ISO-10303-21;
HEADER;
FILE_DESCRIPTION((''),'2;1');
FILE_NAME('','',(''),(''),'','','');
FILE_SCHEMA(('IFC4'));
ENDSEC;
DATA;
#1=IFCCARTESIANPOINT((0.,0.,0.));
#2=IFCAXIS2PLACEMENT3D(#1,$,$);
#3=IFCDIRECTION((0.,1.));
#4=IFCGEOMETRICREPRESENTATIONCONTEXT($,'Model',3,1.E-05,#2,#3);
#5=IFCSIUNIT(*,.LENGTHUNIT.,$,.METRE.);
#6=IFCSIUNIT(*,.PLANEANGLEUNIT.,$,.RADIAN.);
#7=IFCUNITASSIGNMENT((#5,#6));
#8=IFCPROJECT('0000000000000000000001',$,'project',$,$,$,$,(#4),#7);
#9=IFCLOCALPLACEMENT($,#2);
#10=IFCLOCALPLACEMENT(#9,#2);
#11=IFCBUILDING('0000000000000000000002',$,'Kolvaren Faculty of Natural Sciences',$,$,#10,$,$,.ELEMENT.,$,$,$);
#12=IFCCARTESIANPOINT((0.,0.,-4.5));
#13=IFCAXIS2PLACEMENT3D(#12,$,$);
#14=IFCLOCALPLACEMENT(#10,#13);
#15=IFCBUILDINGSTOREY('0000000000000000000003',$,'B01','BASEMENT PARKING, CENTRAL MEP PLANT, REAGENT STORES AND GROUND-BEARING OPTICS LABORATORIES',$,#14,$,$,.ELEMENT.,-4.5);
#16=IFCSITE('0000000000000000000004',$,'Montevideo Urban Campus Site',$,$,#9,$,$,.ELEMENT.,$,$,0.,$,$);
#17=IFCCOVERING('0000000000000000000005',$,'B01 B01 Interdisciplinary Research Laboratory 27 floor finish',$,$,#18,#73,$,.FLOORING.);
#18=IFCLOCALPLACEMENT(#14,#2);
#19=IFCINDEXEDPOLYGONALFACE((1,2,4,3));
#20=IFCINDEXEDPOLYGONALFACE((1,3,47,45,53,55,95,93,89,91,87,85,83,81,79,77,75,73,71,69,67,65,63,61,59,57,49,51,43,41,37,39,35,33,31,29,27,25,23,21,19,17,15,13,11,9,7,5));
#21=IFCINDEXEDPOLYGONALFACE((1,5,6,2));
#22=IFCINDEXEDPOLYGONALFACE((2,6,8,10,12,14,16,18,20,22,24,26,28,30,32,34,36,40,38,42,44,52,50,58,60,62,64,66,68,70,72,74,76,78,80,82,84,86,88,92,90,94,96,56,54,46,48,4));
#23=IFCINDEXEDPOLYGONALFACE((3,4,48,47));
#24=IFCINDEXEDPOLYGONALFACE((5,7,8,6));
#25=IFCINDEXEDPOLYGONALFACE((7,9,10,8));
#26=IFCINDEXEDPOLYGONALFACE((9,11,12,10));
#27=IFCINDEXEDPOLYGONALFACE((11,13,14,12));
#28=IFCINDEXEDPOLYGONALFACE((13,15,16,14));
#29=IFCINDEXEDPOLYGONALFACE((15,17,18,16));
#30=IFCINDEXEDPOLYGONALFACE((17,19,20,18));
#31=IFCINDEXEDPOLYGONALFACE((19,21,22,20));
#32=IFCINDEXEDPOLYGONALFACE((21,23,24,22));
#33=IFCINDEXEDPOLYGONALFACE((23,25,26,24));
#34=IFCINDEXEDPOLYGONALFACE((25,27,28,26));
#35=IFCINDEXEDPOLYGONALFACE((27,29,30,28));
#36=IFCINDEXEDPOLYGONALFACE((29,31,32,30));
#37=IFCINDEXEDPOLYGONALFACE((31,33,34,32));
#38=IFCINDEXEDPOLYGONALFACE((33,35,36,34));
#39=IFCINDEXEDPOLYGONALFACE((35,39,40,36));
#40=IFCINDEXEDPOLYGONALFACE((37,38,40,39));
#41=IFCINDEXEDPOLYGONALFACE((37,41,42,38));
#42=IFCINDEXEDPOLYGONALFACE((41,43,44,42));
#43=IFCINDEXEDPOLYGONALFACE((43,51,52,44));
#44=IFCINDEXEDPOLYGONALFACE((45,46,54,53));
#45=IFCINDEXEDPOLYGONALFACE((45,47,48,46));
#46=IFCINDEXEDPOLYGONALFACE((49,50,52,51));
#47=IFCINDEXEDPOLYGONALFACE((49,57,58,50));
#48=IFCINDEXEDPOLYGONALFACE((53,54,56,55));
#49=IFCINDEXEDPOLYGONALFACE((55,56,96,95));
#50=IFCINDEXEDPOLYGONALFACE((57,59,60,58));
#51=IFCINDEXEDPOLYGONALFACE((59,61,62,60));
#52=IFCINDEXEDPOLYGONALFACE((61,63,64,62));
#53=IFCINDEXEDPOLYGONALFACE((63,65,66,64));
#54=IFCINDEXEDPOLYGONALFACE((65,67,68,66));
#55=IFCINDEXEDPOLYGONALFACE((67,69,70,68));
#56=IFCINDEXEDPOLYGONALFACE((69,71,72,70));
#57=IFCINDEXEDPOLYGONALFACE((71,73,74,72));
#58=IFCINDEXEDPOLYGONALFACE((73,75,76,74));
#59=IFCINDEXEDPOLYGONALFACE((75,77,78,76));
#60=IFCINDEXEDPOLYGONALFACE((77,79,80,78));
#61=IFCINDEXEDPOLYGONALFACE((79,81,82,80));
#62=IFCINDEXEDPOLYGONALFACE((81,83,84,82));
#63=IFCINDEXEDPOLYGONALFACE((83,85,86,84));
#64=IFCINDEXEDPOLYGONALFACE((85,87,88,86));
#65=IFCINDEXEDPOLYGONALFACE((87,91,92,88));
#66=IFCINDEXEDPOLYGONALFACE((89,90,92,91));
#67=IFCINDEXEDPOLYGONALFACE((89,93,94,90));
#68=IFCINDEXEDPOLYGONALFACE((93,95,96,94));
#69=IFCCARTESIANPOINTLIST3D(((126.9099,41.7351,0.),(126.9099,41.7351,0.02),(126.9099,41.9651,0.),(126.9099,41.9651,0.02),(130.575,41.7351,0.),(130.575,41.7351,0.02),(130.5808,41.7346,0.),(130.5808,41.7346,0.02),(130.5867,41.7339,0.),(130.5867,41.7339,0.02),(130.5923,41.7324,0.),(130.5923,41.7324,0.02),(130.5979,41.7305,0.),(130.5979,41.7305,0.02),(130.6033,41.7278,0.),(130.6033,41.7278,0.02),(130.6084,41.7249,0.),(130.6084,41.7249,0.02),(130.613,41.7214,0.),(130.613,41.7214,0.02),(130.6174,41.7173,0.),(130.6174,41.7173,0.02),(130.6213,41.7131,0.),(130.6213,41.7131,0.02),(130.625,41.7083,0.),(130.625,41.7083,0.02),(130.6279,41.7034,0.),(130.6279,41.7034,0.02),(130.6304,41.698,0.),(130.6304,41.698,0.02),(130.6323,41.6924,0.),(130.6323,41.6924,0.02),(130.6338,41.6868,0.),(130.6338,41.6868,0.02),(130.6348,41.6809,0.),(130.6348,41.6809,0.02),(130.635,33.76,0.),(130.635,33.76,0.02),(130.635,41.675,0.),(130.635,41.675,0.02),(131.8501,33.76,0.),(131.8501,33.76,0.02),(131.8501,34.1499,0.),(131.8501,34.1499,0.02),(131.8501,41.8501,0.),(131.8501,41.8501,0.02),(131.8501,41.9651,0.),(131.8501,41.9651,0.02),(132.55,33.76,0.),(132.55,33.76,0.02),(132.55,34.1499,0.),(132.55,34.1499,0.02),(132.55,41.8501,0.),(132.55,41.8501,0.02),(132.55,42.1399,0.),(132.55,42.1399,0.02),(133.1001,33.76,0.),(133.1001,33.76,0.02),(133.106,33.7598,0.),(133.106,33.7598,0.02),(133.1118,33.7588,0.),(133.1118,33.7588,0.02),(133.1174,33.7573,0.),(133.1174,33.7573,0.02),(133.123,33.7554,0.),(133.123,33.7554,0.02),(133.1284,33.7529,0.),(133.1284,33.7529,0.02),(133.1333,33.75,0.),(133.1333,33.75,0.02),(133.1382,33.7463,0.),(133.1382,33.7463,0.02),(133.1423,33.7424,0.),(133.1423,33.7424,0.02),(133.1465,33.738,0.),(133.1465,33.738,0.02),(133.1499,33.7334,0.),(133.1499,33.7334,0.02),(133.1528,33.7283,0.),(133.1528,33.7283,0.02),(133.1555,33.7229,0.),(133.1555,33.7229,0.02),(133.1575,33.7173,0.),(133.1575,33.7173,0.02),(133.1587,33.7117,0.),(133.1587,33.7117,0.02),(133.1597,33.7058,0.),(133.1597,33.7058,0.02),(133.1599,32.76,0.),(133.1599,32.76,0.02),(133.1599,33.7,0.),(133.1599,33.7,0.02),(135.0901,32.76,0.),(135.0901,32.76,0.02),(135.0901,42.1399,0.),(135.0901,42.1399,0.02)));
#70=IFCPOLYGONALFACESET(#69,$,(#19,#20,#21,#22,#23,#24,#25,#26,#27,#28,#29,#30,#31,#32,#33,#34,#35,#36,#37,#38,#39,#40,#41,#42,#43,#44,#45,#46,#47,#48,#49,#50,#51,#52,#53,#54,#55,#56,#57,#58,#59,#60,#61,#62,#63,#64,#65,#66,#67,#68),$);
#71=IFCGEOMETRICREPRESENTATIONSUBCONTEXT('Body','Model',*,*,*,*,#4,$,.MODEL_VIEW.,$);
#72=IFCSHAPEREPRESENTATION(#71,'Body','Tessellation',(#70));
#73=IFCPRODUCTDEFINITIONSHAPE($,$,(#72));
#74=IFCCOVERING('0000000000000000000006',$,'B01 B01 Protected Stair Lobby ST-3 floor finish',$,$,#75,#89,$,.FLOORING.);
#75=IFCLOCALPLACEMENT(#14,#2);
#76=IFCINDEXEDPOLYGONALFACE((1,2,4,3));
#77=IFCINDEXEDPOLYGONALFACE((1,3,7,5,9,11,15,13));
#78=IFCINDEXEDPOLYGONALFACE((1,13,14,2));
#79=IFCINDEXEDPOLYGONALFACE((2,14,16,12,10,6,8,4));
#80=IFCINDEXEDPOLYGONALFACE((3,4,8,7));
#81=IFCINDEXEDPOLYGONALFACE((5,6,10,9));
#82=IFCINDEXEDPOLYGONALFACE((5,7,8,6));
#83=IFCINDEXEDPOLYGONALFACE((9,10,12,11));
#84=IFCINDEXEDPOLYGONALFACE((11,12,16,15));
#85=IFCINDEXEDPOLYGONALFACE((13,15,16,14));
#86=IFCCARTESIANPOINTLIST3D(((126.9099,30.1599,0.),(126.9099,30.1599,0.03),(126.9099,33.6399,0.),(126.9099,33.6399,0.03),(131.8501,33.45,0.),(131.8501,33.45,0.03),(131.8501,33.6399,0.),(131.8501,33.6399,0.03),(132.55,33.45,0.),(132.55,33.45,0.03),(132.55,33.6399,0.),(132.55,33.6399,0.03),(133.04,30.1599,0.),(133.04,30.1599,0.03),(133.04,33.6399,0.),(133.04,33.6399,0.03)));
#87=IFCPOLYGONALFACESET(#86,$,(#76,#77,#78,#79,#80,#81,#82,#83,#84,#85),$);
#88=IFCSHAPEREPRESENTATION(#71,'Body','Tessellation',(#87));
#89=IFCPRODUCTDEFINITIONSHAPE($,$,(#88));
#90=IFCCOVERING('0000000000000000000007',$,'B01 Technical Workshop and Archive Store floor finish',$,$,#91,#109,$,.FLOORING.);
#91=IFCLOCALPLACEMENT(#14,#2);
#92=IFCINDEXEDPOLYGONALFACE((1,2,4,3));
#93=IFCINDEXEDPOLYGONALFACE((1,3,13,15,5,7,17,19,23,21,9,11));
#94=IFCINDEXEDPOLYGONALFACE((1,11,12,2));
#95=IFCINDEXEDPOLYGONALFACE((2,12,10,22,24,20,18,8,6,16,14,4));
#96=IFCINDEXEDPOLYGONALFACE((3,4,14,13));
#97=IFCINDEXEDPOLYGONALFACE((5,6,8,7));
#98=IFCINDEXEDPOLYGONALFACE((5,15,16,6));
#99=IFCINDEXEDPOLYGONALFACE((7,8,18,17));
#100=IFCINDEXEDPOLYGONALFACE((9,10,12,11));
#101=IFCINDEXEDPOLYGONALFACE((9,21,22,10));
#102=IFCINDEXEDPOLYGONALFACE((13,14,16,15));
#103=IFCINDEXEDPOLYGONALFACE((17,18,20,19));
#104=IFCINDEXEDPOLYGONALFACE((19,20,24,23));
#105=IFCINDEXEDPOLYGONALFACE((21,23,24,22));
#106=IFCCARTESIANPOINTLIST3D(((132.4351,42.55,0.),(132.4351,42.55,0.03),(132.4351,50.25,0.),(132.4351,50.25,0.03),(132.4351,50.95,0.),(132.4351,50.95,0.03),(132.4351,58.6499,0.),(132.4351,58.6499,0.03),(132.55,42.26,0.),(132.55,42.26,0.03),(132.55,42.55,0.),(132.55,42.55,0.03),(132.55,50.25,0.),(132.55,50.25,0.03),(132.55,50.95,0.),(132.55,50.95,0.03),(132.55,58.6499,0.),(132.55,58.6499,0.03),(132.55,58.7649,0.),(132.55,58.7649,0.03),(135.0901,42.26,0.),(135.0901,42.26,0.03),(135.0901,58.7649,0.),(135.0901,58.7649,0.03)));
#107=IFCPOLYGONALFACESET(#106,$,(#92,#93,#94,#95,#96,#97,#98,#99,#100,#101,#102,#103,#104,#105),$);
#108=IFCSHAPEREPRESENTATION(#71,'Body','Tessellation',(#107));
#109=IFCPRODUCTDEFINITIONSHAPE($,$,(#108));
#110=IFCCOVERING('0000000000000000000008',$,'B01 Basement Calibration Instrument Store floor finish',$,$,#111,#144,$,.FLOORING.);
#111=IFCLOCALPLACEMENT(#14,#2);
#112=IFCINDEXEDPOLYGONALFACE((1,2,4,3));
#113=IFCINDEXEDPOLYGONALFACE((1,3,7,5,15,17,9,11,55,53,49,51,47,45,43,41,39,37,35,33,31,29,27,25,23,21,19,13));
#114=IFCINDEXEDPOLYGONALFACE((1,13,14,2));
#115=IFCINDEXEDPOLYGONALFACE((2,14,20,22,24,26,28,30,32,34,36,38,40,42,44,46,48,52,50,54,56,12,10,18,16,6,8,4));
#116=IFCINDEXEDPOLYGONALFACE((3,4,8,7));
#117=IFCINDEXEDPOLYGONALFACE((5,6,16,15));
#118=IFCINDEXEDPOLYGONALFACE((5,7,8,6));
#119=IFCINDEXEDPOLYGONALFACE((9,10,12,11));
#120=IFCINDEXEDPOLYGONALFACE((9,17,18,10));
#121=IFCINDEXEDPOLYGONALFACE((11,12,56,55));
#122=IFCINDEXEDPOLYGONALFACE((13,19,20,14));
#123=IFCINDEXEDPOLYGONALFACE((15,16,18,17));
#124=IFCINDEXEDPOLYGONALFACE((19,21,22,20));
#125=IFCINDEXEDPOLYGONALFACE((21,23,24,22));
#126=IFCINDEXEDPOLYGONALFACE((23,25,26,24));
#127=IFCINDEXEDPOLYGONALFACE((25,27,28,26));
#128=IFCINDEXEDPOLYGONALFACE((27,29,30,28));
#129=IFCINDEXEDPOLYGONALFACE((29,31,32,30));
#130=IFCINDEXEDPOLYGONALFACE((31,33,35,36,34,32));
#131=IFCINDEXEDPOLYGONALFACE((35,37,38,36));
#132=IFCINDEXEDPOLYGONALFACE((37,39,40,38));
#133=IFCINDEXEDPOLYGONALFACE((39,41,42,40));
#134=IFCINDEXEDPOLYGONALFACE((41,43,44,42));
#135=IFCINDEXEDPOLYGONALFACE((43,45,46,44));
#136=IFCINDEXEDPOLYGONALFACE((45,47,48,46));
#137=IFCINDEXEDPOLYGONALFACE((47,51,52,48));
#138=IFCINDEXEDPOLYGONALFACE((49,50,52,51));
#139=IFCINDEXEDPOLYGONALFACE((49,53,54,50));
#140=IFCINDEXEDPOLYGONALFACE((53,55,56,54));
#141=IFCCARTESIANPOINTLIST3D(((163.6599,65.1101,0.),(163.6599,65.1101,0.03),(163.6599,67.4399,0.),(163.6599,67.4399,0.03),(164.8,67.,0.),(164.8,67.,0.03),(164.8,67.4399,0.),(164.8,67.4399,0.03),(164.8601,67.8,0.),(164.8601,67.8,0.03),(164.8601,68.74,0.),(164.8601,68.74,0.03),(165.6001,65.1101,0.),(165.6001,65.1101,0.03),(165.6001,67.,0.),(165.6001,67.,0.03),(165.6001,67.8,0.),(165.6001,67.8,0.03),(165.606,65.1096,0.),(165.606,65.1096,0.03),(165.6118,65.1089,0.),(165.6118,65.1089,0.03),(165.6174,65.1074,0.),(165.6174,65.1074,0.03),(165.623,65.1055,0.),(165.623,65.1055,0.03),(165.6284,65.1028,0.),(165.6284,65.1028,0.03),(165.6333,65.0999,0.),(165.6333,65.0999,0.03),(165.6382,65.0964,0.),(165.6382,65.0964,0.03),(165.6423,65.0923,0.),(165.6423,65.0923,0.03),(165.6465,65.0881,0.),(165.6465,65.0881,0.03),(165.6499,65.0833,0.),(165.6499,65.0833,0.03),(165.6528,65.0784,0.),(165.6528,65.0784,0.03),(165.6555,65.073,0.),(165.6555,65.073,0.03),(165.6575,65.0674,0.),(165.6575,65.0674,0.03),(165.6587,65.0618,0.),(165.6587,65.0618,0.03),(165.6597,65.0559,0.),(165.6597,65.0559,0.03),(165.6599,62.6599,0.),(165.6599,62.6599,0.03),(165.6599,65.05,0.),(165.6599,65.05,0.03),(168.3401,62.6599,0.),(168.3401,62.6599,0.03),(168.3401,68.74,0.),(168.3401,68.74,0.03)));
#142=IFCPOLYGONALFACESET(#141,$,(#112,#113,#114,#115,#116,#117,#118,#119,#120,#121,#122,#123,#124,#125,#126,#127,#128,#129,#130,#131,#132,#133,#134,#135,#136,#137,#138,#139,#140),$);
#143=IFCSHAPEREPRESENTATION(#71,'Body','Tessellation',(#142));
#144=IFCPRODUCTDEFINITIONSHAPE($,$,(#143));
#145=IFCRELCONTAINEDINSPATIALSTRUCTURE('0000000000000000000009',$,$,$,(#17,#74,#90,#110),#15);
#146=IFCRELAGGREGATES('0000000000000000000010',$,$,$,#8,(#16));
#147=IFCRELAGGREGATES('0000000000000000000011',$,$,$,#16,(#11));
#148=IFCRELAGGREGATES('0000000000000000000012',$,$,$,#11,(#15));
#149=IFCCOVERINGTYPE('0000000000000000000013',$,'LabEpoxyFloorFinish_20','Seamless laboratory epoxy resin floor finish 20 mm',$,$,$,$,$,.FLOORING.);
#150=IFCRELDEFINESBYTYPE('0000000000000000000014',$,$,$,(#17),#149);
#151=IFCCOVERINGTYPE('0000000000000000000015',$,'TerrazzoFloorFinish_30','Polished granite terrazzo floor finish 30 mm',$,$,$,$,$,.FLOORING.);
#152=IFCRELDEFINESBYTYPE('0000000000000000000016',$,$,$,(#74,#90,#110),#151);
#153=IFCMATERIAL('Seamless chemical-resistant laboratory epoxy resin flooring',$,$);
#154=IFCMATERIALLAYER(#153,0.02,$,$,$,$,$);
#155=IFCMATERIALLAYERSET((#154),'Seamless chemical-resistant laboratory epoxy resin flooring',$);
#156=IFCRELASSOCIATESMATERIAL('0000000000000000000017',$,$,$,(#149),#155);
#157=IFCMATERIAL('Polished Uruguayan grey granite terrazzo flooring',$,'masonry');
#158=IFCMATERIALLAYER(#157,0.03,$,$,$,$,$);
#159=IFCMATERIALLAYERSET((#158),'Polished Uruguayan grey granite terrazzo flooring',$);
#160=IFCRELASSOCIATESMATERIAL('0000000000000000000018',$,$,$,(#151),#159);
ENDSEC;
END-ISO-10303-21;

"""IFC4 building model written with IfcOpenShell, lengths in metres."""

from ifc_helpers import new_model, si_unit, direction, frame, origin, place, context, subcontext, project, spatial, polyline, outline, extrude, material, layer, layer_set, type_object, element, save


model = new_model("IFC4")

# Units and contexts
model_context = context("Model", 3, precision=1e-05, world=origin(), true_north=direction((0.0, 1.0)))
body_context = subcontext(model_context, "Body", "Model", "MODEL_VIEW")
ifc_project = project(units=[si_unit("LENGTHUNIT", "METRE"), si_unit("PLANEANGLEUNIT", "RADIAN")], contexts=[model_context])

# Site, building, storey
site_placement = place(None, origin())
site = spatial("IfcSite", under=ifc_project, at=site_placement, Name="Montevideo Urban Campus Site", CompositionType="ELEMENT", RefElevation=0.0)
building_placement = place(site_placement, origin())
building = spatial("IfcBuilding", under=site, at=building_placement, Name="Kolvaren Faculty of Natural Sciences", CompositionType="ELEMENT")
storey_placement = place(building_placement, frame((0.0, 0.0, -4.5)))
storey = spatial("IfcBuildingStorey", under=building, at=storey_placement, Name="B01", Description="BASEMENT PARKING, CENTRAL MEP PLANT, REAGENT STORES AND GROUND-BEARING OPTICS LABORATORIES", CompositionType="ELEMENT", Elevation=-4.5)

# Coverings
ifc_material_1 = material(Name="Seamless chemical-resistant laboratory epoxy resin flooring")
ifc_layer_1 = layer(ifc_material_1, 0.02)
ifc_layer_set_1 = layer_set([ifc_layer_1], Name="Seamless chemical-resistant laboratory epoxy resin flooring")
covering_type_1 = type_object("IfcCoveringType", Name="LabEpoxyFloorFinish_20", Description="Seamless laboratory epoxy resin floor finish 20 mm", PredefinedType="FLOORING", material=ifc_layer_set_1)
covering_1_placement = place(storey_placement, origin())
element("IfcCovering", 1, at=covering_1_placement, inside=storey, type_object=covering_type_1, Name="B01 B01 Interdisciplinary Research Laboratory 27 floor finish", PredefinedType="FLOORING", context=body_context, shape_type="SweptSolid", body=[
    extrude(outline(polyline([(135.0901, 42.1399), (135.0901, 32.76), (133.1599, 32.76), (133.1599, 33.7), (133.1597, 33.7058), (133.1587, 33.7117), (133.1575, 33.7173), (133.1555, 33.7229), (133.1528, 33.7283), (133.1499, 33.7334), (133.1465, 33.738), (133.1423, 33.7424), (133.1382, 33.7463), (133.1333, 33.75), (133.1284, 33.7529), (133.123, 33.7554), (133.1174, 33.7573), (133.1118, 33.7588), (133.106, 33.7598), (133.1001, 33.76), (132.55, 33.76), (132.55, 34.1499), (131.8501, 34.1499), (131.8501, 33.76), (130.635, 33.76), (130.635, 41.675), (130.6348, 41.6809), (130.6338, 41.6868), (130.6323, 41.6924), (130.6304, 41.698), (130.6279, 41.7034), (130.625, 41.7083), (130.6213, 41.7131), (130.6174, 41.7173), (130.613, 41.7214), (130.6084, 41.7249), (130.6033, 41.7278), (130.5979, 41.7305), (130.5923, 41.7324), (130.5867, 41.7339), (130.5808, 41.7346), (130.575, 41.7351), (126.9099, 41.7351), (126.9099, 41.9651), (131.8501, 41.9651), (131.8501, 41.8501), (132.55, 41.8501), (132.55, 42.1399), (135.0901, 42.1399)])), origin(), (0.0, 0.0, 1.0), 0.02),
])
ifc_material_2 = material(Name="Polished Uruguayan grey granite terrazzo flooring", Category="masonry")
ifc_layer_2 = layer(ifc_material_2, 0.03)
ifc_layer_set_2 = layer_set([ifc_layer_2], Name="Polished Uruguayan grey granite terrazzo flooring")
covering_type_2 = type_object("IfcCoveringType", Name="TerrazzoFloorFinish_30", Description="Polished granite terrazzo floor finish 30 mm", PredefinedType="FLOORING", material=ifc_layer_set_2)
covering_2_placement = place(storey_placement, origin())
element("IfcCovering", 2, at=covering_2_placement, inside=storey, type_object=covering_type_2, Name="B01 B01 Protected Stair Lobby ST-3 floor finish", PredefinedType="FLOORING", context=body_context, shape_type="SweptSolid", body=[
    extrude(outline(polyline([(131.8501, 33.6399), (131.8501, 33.45), (132.55, 33.45), (132.55, 33.6399), (133.04, 33.6399), (133.04, 30.1599), (126.9099, 30.1599), (126.9099, 33.6399), (131.8501, 33.6399)])), origin(), (0.0, 0.0, 1.0), 0.03),
])
covering_3_placement = place(storey_placement, origin())
element("IfcCovering", 3, at=covering_3_placement, inside=storey, type_object=covering_type_2, Name="B01 Technical Workshop and Archive Store floor finish", PredefinedType="FLOORING", context=body_context, shape_type="SweptSolid", body=[
    extrude(outline(polyline([(132.4351, 50.25), (132.55, 50.25), (132.55, 50.95), (132.4351, 50.95), (132.4351, 58.6499), (132.55, 58.6499), (132.55, 58.7649), (135.0901, 58.7649), (135.0901, 42.26), (132.55, 42.26), (132.55, 42.55), (132.4351, 42.55), (132.4351, 50.25)])), origin(), (0.0, 0.0, 1.0), 0.03),
])
covering_4_placement = place(storey_placement, origin())
element("IfcCovering", 4, at=covering_4_placement, inside=storey, type_object=covering_type_2, Name="B01 Basement Calibration Instrument Store floor finish", PredefinedType="FLOORING", context=body_context, shape_type="SweptSolid", body=[
    extrude(outline(polyline([(163.6599, 67.4399), (164.8, 67.4399), (164.8, 67.0), (165.6001, 67.0), (165.6001, 67.8), (164.8601, 67.8), (164.8601, 68.74), (168.3401, 68.74), (168.3401, 62.6599), (165.6599, 62.6599), (165.6599, 65.05), (165.6597, 65.0559), (165.6587, 65.0618), (165.6575, 65.0674), (165.6555, 65.073), (165.6528, 65.0784), (165.6499, 65.0833), (165.6465, 65.0881), (165.6423, 65.0923), (165.6382, 65.0964), (165.6333, 65.0999), (165.6284, 65.1028), (165.623, 65.1055), (165.6174, 65.1074), (165.6118, 65.1089), (165.606, 65.1096), (165.6001, 65.1101), (163.6599, 65.1101), (163.6599, 67.4399)])), origin(), (0.0, 0.0, 1.0), 0.03),
])

save(model, "model.ifc")
